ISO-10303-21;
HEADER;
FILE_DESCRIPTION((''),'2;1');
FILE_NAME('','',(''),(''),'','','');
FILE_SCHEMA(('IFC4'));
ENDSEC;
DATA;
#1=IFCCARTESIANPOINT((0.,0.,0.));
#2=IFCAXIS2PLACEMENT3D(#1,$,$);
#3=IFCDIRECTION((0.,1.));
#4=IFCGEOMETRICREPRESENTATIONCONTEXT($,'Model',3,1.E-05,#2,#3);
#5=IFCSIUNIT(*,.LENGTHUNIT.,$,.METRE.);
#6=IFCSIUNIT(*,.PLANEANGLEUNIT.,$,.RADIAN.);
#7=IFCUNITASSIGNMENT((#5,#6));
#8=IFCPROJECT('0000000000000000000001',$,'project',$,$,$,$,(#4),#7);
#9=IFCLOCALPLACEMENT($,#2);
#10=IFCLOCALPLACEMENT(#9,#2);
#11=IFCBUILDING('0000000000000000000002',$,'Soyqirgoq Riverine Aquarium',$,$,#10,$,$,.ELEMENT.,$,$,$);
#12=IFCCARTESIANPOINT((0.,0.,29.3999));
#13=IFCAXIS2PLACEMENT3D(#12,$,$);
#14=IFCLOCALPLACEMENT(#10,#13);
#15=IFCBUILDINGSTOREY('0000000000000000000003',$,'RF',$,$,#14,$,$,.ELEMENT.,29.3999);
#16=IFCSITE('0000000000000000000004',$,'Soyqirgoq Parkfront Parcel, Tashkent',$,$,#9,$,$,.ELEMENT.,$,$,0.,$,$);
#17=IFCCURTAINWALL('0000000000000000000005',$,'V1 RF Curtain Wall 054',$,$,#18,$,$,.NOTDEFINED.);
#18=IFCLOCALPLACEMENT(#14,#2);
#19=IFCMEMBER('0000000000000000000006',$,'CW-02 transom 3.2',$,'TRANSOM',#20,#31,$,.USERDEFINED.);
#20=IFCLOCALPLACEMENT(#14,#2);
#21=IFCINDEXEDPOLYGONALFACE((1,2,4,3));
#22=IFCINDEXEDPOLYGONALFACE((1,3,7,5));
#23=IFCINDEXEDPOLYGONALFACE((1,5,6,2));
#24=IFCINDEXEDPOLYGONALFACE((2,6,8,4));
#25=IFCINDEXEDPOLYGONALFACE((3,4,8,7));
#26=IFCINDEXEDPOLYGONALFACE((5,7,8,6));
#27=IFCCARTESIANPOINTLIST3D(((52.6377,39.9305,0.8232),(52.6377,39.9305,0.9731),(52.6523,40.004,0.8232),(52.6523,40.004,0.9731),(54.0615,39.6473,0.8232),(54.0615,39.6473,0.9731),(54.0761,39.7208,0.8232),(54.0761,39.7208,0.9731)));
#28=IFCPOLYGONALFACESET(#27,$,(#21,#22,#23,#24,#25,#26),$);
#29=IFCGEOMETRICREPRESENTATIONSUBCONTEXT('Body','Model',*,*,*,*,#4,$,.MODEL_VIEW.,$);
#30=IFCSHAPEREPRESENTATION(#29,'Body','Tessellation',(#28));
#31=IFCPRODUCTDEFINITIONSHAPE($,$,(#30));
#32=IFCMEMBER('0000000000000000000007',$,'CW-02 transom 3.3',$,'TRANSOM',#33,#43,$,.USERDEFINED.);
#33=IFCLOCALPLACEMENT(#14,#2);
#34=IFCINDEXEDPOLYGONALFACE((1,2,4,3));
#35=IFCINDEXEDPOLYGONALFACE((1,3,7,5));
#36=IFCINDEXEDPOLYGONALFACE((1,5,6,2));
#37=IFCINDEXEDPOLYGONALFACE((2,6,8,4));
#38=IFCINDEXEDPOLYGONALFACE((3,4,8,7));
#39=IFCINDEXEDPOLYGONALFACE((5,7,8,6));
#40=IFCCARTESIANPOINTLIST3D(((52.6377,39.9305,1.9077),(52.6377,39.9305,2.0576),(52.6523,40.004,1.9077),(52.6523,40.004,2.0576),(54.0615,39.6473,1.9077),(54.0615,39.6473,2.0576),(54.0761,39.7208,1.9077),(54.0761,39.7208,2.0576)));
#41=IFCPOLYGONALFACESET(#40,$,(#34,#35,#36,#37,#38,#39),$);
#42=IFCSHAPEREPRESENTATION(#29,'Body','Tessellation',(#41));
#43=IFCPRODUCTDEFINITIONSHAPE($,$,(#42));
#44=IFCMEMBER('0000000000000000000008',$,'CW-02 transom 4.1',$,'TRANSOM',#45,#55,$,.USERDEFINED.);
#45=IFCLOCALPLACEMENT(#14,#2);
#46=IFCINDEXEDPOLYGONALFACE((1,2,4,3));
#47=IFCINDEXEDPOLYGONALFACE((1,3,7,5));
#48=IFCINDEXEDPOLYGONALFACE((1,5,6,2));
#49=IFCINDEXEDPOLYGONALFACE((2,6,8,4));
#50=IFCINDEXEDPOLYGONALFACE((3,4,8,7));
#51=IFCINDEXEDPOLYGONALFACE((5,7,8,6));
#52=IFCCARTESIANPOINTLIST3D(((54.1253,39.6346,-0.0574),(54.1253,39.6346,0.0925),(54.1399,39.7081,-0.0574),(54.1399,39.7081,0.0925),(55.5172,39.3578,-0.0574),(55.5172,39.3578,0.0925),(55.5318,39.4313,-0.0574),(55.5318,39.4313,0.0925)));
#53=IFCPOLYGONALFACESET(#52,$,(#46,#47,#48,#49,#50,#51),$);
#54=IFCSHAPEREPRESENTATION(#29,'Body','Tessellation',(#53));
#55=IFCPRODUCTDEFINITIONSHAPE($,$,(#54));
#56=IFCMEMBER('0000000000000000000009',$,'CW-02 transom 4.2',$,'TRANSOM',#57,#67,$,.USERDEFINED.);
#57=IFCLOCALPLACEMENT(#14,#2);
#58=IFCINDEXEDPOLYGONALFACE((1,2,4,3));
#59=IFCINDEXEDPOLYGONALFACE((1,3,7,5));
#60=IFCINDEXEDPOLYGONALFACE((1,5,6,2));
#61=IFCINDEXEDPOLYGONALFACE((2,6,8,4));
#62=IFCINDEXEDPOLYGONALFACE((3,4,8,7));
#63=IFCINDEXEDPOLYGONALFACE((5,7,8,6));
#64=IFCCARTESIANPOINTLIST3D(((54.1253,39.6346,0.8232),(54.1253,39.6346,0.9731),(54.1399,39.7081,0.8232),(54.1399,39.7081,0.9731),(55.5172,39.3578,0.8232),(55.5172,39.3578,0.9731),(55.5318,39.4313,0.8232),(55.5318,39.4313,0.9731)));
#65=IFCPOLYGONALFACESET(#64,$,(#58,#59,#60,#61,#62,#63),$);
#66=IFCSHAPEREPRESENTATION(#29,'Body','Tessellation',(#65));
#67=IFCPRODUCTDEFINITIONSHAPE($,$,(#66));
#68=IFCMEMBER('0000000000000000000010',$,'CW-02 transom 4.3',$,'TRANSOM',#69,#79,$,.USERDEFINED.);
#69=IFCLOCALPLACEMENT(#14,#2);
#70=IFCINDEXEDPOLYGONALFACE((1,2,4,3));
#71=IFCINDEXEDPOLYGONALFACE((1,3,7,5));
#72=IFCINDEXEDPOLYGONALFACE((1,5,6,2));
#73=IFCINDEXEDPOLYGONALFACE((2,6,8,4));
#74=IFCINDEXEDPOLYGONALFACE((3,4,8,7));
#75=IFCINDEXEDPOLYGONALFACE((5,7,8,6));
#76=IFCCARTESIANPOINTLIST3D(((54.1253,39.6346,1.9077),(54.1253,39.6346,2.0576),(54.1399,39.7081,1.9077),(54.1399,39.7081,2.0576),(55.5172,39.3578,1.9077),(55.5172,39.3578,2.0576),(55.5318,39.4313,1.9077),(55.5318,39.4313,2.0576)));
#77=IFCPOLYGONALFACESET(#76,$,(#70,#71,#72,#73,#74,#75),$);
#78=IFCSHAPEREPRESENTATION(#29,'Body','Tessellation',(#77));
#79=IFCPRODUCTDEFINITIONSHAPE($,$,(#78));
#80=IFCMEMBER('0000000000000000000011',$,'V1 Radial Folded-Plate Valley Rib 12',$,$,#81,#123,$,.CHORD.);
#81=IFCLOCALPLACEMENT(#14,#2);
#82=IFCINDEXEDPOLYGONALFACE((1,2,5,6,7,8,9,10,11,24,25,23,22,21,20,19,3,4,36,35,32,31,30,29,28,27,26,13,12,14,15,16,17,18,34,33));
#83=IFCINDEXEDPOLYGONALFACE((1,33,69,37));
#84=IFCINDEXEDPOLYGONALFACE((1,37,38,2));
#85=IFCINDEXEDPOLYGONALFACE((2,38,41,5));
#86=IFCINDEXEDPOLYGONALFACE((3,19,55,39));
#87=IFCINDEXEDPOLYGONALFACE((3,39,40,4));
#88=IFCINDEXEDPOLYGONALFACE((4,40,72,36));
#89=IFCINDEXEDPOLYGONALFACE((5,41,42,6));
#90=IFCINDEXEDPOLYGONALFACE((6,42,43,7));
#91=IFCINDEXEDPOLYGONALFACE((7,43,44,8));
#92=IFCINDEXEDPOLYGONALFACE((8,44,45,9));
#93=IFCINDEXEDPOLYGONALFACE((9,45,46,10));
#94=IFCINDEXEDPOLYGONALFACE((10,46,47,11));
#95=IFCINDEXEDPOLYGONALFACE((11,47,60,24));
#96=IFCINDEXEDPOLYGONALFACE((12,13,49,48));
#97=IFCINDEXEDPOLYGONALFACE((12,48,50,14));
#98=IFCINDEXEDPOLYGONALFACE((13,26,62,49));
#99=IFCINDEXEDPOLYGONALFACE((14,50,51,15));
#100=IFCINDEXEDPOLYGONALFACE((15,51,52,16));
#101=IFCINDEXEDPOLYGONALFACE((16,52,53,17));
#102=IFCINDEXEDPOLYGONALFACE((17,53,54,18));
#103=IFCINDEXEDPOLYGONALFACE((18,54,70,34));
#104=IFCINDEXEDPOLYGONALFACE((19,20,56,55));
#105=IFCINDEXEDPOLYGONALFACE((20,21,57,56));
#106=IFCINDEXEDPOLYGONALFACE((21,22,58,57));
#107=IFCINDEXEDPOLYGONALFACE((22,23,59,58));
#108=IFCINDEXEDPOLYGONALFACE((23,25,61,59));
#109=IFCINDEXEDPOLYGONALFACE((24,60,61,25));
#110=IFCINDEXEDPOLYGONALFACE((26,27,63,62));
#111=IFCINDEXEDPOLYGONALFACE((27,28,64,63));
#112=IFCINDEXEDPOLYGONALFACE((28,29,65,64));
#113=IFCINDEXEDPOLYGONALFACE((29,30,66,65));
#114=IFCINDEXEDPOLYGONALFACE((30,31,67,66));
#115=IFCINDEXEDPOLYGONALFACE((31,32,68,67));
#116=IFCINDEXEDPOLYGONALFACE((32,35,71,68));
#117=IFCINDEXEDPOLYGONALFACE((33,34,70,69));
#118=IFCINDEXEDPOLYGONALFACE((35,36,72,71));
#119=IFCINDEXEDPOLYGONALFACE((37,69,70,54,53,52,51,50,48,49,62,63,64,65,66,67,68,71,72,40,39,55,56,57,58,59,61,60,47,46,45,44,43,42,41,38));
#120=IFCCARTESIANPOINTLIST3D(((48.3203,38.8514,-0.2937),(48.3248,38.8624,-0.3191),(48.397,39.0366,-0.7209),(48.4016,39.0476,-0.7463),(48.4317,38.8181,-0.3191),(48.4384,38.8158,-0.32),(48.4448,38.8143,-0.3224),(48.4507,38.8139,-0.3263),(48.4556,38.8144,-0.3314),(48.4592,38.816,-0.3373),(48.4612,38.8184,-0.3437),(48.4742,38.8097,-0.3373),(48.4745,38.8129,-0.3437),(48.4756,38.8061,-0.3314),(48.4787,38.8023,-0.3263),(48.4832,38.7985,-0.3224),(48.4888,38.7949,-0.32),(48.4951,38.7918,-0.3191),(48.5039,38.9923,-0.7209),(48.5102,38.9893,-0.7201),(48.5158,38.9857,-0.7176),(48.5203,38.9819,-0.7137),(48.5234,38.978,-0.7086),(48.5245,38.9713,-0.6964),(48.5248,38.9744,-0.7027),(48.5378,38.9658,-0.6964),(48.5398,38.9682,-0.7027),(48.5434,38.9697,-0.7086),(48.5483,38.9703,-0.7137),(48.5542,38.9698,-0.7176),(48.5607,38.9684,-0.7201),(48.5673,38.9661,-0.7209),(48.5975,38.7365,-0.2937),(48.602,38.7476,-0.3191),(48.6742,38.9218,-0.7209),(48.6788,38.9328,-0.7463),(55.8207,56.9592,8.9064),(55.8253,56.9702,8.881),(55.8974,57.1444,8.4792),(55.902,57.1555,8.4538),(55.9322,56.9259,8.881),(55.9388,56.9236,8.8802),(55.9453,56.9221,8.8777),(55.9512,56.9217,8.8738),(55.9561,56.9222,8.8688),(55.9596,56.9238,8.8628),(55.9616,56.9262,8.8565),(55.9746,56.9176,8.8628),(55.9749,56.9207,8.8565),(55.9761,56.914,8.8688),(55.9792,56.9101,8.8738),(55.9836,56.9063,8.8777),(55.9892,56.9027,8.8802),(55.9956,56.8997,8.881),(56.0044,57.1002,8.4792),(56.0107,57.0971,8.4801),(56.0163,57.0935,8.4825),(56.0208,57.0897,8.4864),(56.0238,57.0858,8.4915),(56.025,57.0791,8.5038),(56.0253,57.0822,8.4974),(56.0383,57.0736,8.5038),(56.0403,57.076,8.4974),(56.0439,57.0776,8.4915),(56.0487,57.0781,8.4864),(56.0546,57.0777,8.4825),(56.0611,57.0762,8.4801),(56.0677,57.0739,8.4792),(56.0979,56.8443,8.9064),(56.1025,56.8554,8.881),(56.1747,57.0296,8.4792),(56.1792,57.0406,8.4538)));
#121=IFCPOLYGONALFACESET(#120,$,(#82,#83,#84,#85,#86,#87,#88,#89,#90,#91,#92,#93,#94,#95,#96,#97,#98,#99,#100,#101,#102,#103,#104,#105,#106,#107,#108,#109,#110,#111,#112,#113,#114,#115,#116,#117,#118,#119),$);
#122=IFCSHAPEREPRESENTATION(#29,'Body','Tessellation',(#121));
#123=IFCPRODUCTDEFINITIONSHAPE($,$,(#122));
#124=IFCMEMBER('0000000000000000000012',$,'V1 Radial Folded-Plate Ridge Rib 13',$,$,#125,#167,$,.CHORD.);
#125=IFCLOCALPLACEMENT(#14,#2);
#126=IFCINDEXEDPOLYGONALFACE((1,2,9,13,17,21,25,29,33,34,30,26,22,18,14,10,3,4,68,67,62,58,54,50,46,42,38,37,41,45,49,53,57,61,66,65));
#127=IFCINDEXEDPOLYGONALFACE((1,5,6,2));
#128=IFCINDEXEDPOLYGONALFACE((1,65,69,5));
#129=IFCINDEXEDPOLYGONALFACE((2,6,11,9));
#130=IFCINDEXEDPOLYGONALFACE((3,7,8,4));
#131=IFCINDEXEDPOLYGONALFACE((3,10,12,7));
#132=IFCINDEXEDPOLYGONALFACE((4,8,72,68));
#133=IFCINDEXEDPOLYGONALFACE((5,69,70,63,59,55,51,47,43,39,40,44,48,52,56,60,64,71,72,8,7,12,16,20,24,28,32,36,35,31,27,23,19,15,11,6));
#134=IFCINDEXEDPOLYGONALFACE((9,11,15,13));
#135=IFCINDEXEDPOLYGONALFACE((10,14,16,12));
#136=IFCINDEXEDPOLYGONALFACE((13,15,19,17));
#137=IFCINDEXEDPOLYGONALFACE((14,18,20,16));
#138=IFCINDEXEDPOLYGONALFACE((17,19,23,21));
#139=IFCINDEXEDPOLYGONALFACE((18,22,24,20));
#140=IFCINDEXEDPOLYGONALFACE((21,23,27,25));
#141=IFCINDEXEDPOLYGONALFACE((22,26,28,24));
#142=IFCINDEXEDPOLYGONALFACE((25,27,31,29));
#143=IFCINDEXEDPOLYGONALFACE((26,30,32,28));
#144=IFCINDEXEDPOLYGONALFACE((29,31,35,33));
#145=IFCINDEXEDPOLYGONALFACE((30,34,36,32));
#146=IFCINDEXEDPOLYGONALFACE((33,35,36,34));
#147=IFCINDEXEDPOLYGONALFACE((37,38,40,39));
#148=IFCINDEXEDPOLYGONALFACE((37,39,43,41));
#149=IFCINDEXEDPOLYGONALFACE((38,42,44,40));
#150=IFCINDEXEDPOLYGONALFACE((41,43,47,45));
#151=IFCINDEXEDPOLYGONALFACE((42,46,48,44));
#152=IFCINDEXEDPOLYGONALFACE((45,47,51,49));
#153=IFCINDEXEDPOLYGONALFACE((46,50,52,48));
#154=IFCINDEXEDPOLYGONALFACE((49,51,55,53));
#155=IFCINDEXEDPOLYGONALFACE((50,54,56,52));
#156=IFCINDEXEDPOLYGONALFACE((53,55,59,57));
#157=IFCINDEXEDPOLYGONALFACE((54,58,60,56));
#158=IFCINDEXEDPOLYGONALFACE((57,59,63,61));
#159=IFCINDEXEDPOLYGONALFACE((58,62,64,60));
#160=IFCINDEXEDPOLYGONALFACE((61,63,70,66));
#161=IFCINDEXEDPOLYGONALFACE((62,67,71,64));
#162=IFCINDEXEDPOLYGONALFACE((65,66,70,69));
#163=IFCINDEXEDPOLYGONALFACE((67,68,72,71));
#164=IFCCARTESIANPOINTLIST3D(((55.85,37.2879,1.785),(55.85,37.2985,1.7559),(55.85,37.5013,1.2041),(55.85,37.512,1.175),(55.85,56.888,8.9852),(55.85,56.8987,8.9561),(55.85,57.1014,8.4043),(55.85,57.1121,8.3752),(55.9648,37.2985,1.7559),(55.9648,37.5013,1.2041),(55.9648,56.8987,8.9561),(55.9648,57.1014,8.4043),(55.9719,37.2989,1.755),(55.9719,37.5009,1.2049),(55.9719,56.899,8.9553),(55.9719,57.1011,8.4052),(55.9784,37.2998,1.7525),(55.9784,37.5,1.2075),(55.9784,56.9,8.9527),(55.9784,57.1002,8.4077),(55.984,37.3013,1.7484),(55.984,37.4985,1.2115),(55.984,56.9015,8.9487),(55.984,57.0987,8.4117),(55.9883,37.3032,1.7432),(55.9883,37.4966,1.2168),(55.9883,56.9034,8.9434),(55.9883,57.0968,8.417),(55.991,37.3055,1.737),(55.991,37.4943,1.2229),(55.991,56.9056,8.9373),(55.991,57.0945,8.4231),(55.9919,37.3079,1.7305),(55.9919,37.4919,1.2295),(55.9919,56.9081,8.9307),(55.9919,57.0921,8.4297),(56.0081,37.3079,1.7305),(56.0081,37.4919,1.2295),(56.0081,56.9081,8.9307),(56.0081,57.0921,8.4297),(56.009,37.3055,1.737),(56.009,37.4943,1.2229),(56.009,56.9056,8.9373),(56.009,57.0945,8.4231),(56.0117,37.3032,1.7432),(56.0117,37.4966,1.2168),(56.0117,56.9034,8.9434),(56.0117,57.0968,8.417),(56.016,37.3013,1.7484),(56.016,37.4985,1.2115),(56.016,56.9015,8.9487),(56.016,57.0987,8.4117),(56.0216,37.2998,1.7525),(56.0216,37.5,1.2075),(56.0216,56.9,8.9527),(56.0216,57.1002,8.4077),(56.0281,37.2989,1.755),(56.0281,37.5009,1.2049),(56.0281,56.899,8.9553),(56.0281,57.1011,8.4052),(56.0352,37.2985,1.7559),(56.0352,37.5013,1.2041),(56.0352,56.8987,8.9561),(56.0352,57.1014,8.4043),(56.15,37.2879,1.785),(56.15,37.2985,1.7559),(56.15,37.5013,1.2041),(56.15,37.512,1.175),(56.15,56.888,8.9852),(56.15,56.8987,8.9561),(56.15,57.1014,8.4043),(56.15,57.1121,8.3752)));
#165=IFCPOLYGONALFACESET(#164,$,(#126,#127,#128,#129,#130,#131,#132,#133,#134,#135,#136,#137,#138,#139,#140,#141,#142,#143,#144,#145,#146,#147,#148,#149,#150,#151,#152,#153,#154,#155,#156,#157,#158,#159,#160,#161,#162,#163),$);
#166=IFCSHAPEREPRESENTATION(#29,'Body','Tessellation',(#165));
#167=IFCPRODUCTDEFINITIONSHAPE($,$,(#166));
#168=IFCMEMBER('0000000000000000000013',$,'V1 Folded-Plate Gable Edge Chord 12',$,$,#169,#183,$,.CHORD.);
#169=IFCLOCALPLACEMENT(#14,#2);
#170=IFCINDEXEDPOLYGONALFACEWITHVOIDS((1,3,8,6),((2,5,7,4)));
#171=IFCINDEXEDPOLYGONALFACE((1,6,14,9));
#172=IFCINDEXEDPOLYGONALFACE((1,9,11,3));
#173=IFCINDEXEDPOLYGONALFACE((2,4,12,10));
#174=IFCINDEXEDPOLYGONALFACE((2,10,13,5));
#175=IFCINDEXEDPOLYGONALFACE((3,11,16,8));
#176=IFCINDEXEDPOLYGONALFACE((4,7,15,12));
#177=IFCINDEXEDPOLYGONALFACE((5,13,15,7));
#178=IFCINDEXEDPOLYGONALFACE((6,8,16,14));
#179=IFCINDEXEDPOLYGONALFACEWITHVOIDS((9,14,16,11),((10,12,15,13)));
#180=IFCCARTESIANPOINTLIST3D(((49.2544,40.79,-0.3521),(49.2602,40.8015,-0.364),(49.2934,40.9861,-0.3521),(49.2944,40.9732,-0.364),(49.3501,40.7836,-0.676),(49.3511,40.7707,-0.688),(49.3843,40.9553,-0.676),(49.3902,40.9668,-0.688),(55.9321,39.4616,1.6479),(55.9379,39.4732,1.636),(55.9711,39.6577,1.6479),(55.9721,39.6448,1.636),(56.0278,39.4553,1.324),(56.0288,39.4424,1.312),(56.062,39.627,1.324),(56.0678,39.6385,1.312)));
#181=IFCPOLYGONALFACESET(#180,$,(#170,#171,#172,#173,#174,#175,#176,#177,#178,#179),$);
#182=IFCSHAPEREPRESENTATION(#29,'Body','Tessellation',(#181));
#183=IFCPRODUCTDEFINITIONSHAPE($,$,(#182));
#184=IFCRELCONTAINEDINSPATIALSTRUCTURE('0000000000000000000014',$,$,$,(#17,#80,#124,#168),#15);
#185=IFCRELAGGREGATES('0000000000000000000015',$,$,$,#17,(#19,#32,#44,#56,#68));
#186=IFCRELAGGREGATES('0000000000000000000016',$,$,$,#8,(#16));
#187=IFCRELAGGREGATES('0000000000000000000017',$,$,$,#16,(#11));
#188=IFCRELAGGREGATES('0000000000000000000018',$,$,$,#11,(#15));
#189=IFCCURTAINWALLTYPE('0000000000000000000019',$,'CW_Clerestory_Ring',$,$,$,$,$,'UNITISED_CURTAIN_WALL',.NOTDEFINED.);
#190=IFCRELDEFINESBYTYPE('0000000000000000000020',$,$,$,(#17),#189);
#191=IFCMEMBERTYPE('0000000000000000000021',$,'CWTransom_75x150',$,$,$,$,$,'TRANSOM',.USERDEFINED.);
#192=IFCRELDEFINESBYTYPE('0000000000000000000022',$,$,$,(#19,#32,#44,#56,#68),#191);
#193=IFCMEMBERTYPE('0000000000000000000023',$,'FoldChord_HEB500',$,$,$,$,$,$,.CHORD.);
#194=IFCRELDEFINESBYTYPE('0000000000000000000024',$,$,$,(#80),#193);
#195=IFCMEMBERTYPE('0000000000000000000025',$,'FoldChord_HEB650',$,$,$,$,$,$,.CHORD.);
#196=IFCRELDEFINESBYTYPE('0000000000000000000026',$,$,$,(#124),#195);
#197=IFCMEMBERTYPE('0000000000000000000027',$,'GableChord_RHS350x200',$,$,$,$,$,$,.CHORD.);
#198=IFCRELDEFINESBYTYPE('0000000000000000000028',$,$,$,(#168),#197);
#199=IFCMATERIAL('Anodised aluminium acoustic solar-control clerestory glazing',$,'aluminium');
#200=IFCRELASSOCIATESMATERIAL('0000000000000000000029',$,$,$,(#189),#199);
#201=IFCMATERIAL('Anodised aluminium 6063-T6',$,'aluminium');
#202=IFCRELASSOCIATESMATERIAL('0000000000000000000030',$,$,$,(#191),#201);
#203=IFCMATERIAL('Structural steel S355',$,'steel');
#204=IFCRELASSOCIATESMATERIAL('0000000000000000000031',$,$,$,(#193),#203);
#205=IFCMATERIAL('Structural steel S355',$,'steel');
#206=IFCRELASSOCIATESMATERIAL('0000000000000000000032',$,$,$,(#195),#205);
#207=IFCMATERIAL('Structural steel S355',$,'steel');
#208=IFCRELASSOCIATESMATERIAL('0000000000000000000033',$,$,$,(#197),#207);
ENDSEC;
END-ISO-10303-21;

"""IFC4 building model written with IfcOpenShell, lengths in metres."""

from ifc_helpers import new_model, si_unit, direction, frame, origin, origin_2d, place, context, subcontext, project, spatial, rectangle, hollow_rectangle, i_section, extrude, material, material_profile, profile_set, type_object, element, aggregate, save


model = new_model("IFC4")

# Units and contexts
model_context = context("Model", 3, precision=1e-05, world=origin(), true_north=direction((0.0, 1.0)))
body_context = subcontext(model_context, "Body", "Model", "MODEL_VIEW")
ifc_project = project(units=[si_unit("LENGTHUNIT", "METRE"), si_unit("PLANEANGLEUNIT", "RADIAN")], contexts=[model_context])

# Site, building, storey
site_placement = place(None, origin())
site = spatial("IfcSite", under=ifc_project, at=site_placement, Name="Soyqirgoq Parkfront Parcel, Tashkent", CompositionType="ELEMENT", RefElevation=0.0)
building_placement = place(site_placement, origin())
building = spatial("IfcBuilding", under=site, at=building_placement, Name="Soyqirgoq Riverine Aquarium", CompositionType="ELEMENT")
storey_placement = place(building_placement, frame((0.0, 0.0, 29.3999)))
storey = spatial("IfcBuildingStorey", under=building, at=storey_placement, Name="RF", CompositionType="ELEMENT", Elevation=29.3999)

# Shared definitions
ifc_material_1 = material(Name="Anodised aluminium acoustic solar-control clerestory glazing", Category="aluminium")
curtain_wall_type = type_object("IfcCurtainWallType", Name="CW_Clerestory_Ring", ElementType="UNITISED_CURTAIN_WALL", PredefinedType="NOTDEFINED", material=ifc_material_1)

# Curtain wall
curtain_wall_1_placement = place(storey_placement, origin())
curtain_wall_1 = element("IfcCurtainWall", 1, at=curtain_wall_1_placement, inside=storey, type_object=curtain_wall_type, Name="V1 RF Curtain Wall 054", PredefinedType="NOTDEFINED")

# Members
ifc_material_2 = material(Name="Anodised aluminium 6063-T6", Category="aluminium")
ifc_material_profile_1 = material_profile(ifc_material_2, rectangle(XDim=0.075, YDim=0.1499, at=origin_2d()), Name="ALU-T 75x150")
ifc_profile_set_1 = profile_set([ifc_material_profile_1], Name="Anodised aluminium 6063-T6")
member_type_1 = type_object("IfcMemberType", Name="CWTransom_75x150", ElementType="TRANSOM", PredefinedType="USERDEFINED", material=ifc_profile_set_1)
member_1_placement = place(storey_placement, frame((52.645, 39.9673, 0.8982), z_axis=(0.980787, -0.195081, 0.0), x_axis=(0.195081, 0.980787, 0.0)))
member_1 = element("IfcMember", 2, at=member_1_placement, type_object=member_type_1, Name="CW-02 transom 3.2", ObjectType="TRANSOM", PredefinedType="USERDEFINED", context=body_context, shape_type="SweptSolid", body=[
    extrude(rectangle(XDim=0.075, YDim=0.1499, at=origin_2d()), origin(), (0.0, 0.0, 1.0), 1.4517),
])
member_2_placement = place(storey_placement, frame((52.645, 39.9673, 1.9827), z_axis=(0.980787, -0.195081, 0.0), x_axis=(0.195081, 0.980787, 0.0)))
member_2 = element("IfcMember", 3, at=member_2_placement, type_object=member_type_1, Name="CW-02 transom 3.3", ObjectType="TRANSOM", PredefinedType="USERDEFINED", context=body_context, shape_type="SweptSolid", body=[
    extrude(rectangle(XDim=0.075, YDim=0.1499, at=origin_2d()), origin(), (0.0, 0.0, 1.0), 1.4517),
])
member_3_placement = place(storey_placement, frame((54.1326, 39.6714, 0.0176), z_axis=(0.980785, -0.19509, 0.0), x_axis=(0.19509, 0.980785, 0.0)))
member_3 = element("IfcMember", 4, at=member_3_placement, type_object=member_type_1, Name="CW-02 transom 4.1", ObjectType="TRANSOM", PredefinedType="USERDEFINED", context=body_context, shape_type="SweptSolid", body=[
    extrude(rectangle(XDim=0.075, YDim=0.1499, at=origin_2d()), origin(), (0.0, 0.0, 1.0), 1.4192),
])
member_4_placement = place(storey_placement, frame((54.1326, 39.6714, 0.8982), z_axis=(0.980785, -0.19509, 0.0), x_axis=(0.19509, 0.980785, 0.0)))
member_4 = element("IfcMember", 5, at=member_4_placement, type_object=member_type_1, Name="CW-02 transom 4.2", ObjectType="TRANSOM", PredefinedType="USERDEFINED", context=body_context, shape_type="SweptSolid", body=[
    extrude(rectangle(XDim=0.075, YDim=0.1499, at=origin_2d()), origin(), (0.0, 0.0, 1.0), 1.4192),
])
member_5_placement = place(storey_placement, frame((54.1326, 39.6714, 1.9827), z_axis=(0.980785, -0.19509, 0.0), x_axis=(0.19509, 0.980785, 0.0)))
member_5 = element("IfcMember", 6, at=member_5_placement, type_object=member_type_1, Name="CW-02 transom 4.3", ObjectType="TRANSOM", PredefinedType="USERDEFINED", context=body_context, shape_type="SweptSolid", body=[
    extrude(rectangle(XDim=0.075, YDim=0.1499, at=origin_2d()), origin(), (0.0, 0.0, 1.0), 1.4192),
])

# Members
ifc_material_3 = material(Name="Structural steel S355", Category="steel")
ifc_material_profile_2 = material_profile(ifc_material_3, i_section(OverallWidth=0.3, OverallDepth=0.5, WebThickness=0.0144, FlangeThickness=0.0281, FilletRadius=0.0271, at=origin_2d()), Name="HEB 500")
ifc_profile_set_2 = profile_set([ifc_material_profile_2], Name="Structural steel S355")
member_type_2 = type_object("IfcMemberType", Name="FoldChord_HEB500", PredefinedType="CHORD", material=ifc_profile_set_2)
member_6_placement = place(storey_placement, frame((48.4995, 38.8921, -0.52), z_axis=(0.346415, 0.836326, 0.424917), x_axis=(-0.923881, 0.382681, 0.0)))
element("IfcMember", 7, at=member_6_placement, inside=storey, type_object=member_type_2, Name="V1 Radial Folded-Plate Valley Rib 12", PredefinedType="CHORD", context=body_context, shape_type="SweptSolid", body=[
    extrude(i_section(OverallWidth=0.3, OverallDepth=0.5, WebThickness=0.0144, FlangeThickness=0.0281, FilletRadius=0.0271, at=origin_2d()), origin(), (0.0, 0.0, 1.0), 21.6516),
])
ifc_material_4 = material(Name="Structural steel S355", Category="steel")
ifc_material_profile_3 = material_profile(ifc_material_4, i_section(OverallWidth=0.3, OverallDepth=0.6499, WebThickness=0.0161, FlangeThickness=0.031, FilletRadius=0.0271, at=origin_2d()), Name="HEB 650")
ifc_profile_set_3 = profile_set([ifc_material_profile_3], Name="Structural steel S355")
member_type_3 = type_object("IfcMemberType", Name="FoldChord_HEB650", PredefinedType="CHORD", material=ifc_profile_set_3)
member_7_placement = place(storey_placement, frame((56.0, 37.3999, 1.48), z_axis=(0.0, 0.938667, 0.344824), x_axis=(-1.0, 0.0, 0.0)))
element("IfcMember", 8, at=member_7_placement, inside=storey, type_object=member_type_3, Name="V1 Radial Folded-Plate Ridge Rib 13", PredefinedType="CHORD", context=body_context, shape_type="SweptSolid", body=[
    extrude(i_section(OverallWidth=0.3, OverallDepth=0.6499, WebThickness=0.0161, FlangeThickness=0.031, FilletRadius=0.0271, at=origin_2d()), origin(), (0.0, 0.0, 1.0), 20.8809),
])
ifc_material_5 = material(Name="Structural steel S355", Category="steel")
ifc_material_profile_4 = material_profile(ifc_material_5, hollow_rectangle(XDim=0.2, YDim=0.3501, WallThickness=0.0125, at=origin_2d()), Name="RHS 350x200x12.5")
ifc_profile_set_4 = profile_set([ifc_material_profile_4], Name="Structural steel S355")
member_type_4 = type_object("IfcMemberType", Name="GableChord_RHS350x200", PredefinedType="CHORD", material=ifc_profile_set_4)
member_8_placement = place(storey_placement, frame((49.3223, 40.8784, -0.52), z_axis=(0.941024, -0.187193, 0.281839), x_axis=(0.195102, 0.980783, 0.0)))
element("IfcMember", 9, at=member_8_placement, inside=storey, type_object=member_type_4, Name="V1 Folded-Plate Gable Edge Chord 12", PredefinedType="CHORD", context=body_context, shape_type="SweptSolid", body=[
    extrude(hollow_rectangle(XDim=0.2, YDim=0.3501, WallThickness=0.0125, at=origin_2d()), origin(), (0.0, 0.0, 1.0), 7.0962),
])

aggregate(curtain_wall_1, [member_1, member_2, member_3, member_4, member_5])

save(model, "model.ifc")
